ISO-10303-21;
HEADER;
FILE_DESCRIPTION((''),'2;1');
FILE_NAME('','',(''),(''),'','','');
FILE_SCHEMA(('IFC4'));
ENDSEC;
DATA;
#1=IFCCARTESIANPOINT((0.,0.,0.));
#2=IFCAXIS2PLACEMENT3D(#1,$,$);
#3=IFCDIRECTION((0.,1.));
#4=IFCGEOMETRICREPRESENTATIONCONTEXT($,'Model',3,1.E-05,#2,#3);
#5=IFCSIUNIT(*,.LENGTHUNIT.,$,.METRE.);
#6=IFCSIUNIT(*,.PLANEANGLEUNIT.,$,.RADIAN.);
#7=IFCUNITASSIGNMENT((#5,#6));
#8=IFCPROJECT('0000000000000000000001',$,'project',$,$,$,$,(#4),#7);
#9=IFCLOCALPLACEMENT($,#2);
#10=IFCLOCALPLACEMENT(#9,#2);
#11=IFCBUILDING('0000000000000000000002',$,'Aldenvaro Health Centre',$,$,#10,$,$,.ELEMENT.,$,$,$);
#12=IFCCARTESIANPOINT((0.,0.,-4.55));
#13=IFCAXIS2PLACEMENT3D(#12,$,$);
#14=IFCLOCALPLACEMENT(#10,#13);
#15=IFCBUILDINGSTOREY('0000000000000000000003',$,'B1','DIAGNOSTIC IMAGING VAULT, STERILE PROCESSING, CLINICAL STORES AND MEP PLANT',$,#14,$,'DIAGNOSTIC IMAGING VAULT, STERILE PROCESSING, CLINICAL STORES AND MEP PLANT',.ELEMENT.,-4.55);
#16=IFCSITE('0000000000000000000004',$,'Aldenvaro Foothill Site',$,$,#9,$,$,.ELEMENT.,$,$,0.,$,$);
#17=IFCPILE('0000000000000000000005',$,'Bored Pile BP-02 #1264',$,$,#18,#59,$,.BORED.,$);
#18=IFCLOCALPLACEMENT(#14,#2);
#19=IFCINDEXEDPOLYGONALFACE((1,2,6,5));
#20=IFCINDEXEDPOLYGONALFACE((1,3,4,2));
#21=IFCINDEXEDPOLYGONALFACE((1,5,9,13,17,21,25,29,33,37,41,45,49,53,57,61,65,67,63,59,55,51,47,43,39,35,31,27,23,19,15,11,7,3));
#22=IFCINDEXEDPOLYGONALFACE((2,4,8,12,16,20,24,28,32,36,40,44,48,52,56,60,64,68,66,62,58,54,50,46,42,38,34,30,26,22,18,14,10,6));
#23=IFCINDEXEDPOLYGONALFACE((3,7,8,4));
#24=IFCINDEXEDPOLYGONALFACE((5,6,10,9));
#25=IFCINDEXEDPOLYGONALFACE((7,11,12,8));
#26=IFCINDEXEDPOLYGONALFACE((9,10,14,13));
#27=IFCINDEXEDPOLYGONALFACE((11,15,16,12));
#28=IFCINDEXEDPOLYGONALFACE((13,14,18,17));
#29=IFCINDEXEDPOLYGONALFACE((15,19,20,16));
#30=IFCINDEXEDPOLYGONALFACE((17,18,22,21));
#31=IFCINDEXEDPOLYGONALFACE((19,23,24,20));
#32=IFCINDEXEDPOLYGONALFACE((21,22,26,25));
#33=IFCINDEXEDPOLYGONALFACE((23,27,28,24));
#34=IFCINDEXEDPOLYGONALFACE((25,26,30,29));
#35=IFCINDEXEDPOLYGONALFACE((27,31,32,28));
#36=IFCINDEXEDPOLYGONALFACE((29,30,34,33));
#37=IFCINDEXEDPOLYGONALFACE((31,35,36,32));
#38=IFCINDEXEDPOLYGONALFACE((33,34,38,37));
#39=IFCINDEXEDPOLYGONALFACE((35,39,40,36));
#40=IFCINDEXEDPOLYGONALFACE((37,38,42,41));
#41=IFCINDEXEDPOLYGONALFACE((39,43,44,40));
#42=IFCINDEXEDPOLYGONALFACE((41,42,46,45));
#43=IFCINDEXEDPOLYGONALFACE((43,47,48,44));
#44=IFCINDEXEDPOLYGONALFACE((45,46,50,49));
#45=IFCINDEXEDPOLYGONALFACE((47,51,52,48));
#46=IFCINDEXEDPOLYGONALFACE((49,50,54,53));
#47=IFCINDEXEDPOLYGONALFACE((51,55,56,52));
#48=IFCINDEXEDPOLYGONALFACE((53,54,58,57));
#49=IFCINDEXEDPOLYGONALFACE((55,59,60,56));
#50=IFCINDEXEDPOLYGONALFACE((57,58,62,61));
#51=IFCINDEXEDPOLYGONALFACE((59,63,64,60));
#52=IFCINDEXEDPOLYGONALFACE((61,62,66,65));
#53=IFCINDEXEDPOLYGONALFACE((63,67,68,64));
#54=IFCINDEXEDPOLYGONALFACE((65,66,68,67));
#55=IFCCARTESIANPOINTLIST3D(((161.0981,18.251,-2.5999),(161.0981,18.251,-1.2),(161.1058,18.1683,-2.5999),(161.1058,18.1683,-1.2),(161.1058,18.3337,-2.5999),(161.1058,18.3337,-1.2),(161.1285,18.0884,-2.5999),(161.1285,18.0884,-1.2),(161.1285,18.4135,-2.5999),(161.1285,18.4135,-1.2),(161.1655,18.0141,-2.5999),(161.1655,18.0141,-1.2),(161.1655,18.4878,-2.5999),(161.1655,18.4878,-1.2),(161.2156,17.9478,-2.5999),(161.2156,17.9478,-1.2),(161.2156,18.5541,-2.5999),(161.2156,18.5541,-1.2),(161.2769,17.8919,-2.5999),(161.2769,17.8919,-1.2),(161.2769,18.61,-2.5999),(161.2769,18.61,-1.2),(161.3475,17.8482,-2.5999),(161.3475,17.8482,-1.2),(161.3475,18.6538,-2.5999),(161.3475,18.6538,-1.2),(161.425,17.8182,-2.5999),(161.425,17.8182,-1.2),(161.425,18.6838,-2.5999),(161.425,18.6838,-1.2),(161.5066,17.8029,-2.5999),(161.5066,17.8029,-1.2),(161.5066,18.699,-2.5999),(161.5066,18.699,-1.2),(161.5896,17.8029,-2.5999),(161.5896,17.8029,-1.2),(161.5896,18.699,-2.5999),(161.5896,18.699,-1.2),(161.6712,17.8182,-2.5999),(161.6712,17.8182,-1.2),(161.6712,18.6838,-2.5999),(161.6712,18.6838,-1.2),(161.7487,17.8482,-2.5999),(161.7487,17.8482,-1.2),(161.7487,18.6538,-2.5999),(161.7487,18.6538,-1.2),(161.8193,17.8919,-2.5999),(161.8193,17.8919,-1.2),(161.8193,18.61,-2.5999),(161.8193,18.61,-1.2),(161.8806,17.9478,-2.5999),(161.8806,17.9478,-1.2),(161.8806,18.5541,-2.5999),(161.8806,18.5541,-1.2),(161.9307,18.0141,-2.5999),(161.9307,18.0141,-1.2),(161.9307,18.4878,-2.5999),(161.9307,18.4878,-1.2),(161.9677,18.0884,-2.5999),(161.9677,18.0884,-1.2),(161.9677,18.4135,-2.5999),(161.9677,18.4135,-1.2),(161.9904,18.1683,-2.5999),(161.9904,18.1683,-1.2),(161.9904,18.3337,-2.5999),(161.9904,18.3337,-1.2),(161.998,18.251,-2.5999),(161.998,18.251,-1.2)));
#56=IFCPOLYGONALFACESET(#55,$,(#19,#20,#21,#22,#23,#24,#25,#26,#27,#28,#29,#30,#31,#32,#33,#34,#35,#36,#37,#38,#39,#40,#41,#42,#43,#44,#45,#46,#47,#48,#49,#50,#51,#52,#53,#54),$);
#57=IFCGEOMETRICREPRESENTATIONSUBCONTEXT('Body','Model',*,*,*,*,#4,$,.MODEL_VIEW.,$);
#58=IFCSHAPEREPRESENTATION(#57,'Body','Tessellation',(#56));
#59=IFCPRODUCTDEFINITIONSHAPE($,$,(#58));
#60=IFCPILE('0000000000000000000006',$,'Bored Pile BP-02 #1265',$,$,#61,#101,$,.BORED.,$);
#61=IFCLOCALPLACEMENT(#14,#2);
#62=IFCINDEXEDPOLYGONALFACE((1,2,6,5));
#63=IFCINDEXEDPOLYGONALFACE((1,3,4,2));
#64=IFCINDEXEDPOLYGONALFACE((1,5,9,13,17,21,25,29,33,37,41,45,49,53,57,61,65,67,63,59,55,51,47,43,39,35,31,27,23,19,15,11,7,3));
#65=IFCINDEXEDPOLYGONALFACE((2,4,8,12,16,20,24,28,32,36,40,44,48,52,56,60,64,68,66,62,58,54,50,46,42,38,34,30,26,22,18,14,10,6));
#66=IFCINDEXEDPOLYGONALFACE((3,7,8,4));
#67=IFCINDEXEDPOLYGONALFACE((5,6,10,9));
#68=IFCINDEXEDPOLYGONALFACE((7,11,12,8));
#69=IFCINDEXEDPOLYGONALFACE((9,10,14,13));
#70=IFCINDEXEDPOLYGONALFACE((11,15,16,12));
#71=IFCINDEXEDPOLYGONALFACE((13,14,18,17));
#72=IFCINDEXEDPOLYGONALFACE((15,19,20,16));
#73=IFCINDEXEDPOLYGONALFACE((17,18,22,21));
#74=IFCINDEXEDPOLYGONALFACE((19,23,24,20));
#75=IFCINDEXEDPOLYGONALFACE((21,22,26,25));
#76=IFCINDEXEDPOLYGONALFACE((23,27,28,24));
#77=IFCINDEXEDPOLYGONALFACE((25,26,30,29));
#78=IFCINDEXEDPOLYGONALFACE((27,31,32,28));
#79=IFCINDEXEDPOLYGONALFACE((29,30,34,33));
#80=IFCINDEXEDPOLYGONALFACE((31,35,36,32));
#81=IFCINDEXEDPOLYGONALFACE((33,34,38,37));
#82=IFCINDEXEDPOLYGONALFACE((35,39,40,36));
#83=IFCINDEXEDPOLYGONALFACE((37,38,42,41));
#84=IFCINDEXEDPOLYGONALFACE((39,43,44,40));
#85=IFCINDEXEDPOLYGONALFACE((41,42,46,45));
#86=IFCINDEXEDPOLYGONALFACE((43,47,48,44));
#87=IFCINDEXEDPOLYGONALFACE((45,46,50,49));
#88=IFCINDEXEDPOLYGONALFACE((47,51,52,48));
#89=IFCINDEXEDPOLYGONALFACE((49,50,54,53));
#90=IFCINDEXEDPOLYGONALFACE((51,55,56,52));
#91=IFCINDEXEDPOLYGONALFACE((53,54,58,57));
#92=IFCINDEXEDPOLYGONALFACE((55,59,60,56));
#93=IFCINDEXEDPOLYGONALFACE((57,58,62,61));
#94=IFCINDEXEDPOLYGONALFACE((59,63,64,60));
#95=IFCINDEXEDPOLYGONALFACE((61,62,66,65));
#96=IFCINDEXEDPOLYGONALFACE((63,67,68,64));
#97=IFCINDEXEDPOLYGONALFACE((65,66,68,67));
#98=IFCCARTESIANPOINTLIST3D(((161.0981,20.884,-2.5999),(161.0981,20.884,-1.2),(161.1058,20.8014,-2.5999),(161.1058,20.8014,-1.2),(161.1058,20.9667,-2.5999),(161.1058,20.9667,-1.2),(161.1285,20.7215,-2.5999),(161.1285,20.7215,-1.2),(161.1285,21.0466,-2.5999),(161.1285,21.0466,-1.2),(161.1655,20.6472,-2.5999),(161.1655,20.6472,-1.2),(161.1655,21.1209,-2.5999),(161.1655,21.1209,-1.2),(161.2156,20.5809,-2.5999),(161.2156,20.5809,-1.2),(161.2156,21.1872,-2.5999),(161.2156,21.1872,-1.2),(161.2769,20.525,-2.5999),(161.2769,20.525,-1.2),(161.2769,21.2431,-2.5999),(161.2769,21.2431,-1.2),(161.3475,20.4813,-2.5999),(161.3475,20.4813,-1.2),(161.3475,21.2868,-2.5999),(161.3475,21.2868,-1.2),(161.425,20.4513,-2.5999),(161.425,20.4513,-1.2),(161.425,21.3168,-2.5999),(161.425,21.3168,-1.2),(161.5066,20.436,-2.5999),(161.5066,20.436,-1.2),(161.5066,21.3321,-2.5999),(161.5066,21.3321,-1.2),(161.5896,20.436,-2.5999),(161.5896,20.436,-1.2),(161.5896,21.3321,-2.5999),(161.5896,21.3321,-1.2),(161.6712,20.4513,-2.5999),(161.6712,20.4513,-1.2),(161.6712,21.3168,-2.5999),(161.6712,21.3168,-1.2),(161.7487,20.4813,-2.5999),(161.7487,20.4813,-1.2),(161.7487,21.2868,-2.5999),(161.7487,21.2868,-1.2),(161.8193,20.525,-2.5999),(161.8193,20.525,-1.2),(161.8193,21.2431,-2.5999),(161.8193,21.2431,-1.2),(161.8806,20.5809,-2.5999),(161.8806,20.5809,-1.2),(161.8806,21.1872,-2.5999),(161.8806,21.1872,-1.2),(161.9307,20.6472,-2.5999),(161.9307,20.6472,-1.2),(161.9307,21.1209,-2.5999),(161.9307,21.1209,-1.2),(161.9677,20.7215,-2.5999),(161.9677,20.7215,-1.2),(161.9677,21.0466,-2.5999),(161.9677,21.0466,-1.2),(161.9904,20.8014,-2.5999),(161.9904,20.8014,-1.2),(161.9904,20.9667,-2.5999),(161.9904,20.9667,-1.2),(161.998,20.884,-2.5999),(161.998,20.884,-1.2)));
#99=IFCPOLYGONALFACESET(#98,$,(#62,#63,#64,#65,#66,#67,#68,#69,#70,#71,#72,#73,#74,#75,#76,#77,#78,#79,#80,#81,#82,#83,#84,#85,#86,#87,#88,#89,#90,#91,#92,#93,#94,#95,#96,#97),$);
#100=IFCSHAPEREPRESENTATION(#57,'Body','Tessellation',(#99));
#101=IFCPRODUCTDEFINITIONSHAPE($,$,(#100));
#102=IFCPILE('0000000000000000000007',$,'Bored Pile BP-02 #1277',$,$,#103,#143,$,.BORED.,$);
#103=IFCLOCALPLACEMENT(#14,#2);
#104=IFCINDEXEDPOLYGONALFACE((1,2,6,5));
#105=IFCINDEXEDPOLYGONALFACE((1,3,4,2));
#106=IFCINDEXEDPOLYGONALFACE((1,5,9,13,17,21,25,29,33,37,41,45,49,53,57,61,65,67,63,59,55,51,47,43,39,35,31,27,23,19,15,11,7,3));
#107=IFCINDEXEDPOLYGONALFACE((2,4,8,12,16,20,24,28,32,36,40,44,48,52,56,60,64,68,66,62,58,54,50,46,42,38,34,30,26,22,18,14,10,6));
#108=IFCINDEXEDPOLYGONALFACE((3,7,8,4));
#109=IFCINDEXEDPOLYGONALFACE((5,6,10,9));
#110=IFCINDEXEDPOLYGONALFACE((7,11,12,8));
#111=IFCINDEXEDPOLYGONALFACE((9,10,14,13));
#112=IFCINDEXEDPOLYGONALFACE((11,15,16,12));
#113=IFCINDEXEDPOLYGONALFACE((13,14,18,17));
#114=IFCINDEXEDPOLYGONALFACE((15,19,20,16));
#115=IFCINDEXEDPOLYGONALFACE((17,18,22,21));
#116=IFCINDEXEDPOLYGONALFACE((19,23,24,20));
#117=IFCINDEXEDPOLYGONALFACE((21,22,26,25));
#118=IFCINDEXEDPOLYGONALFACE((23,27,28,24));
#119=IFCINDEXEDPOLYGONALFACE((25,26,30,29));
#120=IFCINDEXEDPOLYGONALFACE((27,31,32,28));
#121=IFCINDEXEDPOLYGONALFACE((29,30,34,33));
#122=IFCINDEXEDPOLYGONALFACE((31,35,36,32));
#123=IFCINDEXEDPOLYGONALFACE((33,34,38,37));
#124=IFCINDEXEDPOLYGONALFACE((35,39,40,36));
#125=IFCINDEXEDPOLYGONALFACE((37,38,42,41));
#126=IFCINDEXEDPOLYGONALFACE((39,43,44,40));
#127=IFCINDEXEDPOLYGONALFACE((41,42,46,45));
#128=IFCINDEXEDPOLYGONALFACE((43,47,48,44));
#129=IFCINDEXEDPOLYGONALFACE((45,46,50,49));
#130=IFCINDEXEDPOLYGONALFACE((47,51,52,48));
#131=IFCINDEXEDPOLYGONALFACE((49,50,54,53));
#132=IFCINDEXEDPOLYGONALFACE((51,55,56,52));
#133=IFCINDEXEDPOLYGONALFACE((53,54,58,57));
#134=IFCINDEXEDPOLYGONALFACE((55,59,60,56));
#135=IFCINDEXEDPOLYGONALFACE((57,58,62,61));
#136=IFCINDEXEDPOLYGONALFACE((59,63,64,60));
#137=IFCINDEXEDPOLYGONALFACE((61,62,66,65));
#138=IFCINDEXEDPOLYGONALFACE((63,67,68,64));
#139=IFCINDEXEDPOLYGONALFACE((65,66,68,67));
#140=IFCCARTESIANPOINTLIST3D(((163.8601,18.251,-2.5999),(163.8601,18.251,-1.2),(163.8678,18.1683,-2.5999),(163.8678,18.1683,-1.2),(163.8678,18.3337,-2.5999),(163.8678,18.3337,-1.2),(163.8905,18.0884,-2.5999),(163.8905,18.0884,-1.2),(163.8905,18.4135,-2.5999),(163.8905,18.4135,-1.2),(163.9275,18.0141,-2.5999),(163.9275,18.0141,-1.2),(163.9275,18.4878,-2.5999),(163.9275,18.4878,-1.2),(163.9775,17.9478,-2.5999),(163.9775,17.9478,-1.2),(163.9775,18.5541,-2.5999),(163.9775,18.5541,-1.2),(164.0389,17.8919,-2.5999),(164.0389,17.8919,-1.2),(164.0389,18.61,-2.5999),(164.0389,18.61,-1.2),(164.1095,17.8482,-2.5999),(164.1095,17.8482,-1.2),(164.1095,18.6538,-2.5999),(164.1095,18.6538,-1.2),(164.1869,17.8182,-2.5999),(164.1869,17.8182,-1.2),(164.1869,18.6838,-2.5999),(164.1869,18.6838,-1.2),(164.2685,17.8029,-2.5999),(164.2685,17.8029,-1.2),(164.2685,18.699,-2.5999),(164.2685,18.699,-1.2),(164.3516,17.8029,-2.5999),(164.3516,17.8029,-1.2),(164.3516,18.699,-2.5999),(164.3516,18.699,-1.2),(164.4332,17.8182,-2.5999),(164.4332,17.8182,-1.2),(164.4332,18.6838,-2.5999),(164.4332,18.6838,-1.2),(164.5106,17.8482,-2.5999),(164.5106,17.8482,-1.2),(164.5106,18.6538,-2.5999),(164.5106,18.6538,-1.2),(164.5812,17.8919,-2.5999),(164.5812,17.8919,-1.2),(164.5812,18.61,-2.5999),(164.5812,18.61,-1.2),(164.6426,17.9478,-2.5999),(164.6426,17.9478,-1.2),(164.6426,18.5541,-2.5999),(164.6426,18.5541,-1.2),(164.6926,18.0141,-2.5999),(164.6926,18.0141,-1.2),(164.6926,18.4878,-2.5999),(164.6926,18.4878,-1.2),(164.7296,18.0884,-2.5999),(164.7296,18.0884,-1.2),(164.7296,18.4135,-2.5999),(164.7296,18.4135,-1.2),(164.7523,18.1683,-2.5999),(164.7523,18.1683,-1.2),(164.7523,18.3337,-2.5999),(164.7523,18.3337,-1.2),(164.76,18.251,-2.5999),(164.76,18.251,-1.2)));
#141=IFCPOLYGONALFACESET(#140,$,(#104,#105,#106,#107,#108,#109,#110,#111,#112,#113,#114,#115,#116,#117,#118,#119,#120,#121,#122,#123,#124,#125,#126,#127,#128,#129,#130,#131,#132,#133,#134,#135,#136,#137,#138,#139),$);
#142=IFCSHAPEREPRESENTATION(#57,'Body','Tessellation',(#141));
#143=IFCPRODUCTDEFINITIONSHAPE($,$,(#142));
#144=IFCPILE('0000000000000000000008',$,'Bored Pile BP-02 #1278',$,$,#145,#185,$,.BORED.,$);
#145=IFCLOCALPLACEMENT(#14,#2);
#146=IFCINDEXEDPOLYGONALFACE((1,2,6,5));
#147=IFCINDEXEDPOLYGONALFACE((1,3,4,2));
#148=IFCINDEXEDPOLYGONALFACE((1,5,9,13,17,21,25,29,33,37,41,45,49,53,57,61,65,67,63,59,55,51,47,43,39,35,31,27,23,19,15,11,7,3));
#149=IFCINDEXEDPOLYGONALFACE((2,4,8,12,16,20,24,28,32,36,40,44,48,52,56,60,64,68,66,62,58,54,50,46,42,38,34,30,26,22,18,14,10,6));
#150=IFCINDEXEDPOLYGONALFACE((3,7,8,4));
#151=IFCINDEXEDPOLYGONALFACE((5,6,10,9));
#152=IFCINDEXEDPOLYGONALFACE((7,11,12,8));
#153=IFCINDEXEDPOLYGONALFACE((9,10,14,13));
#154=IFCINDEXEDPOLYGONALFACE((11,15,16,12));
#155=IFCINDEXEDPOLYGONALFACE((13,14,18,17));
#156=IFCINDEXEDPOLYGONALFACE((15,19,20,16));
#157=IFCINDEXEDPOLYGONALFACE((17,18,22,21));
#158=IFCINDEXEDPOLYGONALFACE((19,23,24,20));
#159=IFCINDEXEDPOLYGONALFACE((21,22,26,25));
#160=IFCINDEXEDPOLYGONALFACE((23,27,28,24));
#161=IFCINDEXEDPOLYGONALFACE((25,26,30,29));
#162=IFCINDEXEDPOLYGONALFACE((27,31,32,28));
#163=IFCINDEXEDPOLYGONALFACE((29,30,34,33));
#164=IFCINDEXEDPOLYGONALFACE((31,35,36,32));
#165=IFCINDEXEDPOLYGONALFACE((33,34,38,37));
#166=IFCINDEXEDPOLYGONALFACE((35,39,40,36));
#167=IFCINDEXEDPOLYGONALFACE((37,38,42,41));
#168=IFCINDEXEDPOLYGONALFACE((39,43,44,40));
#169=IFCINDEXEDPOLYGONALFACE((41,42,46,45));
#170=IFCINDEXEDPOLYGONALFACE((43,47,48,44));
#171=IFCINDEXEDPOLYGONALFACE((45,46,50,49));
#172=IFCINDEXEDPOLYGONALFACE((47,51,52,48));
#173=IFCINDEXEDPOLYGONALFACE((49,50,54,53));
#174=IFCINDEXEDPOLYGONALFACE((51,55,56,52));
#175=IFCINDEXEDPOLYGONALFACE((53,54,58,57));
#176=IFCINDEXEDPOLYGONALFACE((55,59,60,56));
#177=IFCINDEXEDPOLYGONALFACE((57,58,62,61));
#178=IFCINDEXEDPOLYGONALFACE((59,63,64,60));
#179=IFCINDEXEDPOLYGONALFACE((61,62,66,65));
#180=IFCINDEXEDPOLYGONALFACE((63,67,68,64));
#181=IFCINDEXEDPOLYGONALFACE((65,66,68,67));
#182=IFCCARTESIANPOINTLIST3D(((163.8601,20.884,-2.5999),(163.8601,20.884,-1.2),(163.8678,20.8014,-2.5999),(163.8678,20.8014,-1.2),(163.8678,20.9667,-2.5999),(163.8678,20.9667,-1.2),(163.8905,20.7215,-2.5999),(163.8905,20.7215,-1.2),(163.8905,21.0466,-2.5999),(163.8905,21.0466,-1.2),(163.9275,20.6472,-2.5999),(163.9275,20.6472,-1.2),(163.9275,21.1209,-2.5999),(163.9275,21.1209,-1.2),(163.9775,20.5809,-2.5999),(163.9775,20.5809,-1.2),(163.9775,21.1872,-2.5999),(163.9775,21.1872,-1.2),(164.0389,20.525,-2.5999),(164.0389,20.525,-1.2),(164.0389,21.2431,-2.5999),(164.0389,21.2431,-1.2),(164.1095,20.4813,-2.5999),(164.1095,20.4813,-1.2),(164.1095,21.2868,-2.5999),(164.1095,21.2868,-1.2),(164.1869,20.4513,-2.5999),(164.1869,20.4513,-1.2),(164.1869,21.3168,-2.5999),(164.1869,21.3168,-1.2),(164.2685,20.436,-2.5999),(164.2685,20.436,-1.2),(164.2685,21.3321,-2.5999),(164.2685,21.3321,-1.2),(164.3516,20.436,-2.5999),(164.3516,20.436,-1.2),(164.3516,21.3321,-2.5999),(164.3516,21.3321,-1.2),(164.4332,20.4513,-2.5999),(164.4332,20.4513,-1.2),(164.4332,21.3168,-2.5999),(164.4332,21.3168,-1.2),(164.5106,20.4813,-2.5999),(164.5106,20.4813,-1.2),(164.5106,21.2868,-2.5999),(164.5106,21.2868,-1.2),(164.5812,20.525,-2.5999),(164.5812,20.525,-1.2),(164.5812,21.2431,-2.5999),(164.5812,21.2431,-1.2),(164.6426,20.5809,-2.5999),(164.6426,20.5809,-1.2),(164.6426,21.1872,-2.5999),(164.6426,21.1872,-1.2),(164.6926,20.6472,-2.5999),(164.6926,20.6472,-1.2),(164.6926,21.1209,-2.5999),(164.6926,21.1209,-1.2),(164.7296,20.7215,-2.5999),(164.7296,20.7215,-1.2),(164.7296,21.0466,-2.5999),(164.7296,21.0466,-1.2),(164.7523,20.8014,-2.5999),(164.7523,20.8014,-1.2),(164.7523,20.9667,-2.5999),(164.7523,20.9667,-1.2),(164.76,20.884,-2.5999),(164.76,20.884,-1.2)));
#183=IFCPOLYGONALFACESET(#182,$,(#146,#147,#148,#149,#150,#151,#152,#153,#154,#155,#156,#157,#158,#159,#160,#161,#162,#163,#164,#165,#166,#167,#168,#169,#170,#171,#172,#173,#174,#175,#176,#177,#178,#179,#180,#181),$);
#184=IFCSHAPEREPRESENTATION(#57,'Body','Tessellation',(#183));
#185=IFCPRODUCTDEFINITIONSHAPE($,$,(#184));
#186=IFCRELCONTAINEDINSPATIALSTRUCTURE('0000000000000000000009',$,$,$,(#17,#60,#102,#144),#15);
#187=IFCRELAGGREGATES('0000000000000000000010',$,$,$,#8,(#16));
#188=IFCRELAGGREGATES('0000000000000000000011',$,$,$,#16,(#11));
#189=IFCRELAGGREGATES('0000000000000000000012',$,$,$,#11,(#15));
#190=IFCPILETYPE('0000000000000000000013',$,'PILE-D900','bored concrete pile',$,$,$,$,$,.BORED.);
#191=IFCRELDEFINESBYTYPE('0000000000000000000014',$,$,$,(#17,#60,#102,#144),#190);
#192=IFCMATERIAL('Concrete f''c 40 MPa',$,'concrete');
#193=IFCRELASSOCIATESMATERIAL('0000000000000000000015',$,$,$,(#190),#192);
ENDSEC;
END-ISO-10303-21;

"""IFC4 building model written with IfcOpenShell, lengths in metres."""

from ifc_helpers import new_model, si_unit, direction, frame, origin, origin_2d, place, context, subcontext, project, spatial, circle, extrude, material, material_profile, profile_set, type_object, element, save


model = new_model("IFC4")

# Units and contexts
model_context = context("Model", 3, precision=1e-05, world=origin(), true_north=direction((0.0, 1.0)))
body_context = subcontext(model_context, "Body", "Model", "MODEL_VIEW")
ifc_project = project(units=[si_unit("LENGTHUNIT", "METRE"), si_unit("PLANEANGLEUNIT", "RADIAN")], contexts=[model_context])

# Site, building, storey
site_placement = place(None, origin())
site = spatial("IfcSite", under=ifc_project, at=site_placement, Name="Aldenvaro Foothill Site", CompositionType="ELEMENT", RefElevation=0.0)
building_placement = place(site_placement, origin())
building = spatial("IfcBuilding", under=site, at=building_placement, Name="Aldenvaro Health Centre", CompositionType="ELEMENT")
storey_placement = place(building_placement, frame((0.0, 0.0, -4.55)))
storey = spatial("IfcBuildingStorey", under=building, at=storey_placement, Name="B1", Description="DIAGNOSTIC IMAGING VAULT, STERILE PROCESSING, CLINICAL STORES AND MEP PLANT", LongName="DIAGNOSTIC IMAGING VAULT, STERILE PROCESSING, CLINICAL STORES AND MEP PLANT", CompositionType="ELEMENT", Elevation=-4.55)

# Piles
ifc_material_1 = material(Name="Concrete f'c 40 MPa", Category="concrete")
ifc_material_profile_1 = material_profile(ifc_material_1, circle(Radius=0.45, at=origin_2d()), Name="PILE D900", Category="concrete")
ifc_profile_set_1 = profile_set([ifc_material_profile_1], Name="Concrete f'c 40 MPa")
pile_type = type_object("IfcPileType", Name="PILE-D900", Description="bored concrete pile", PredefinedType="BORED", material=ifc_profile_set_1)
for number, where, z_axis, x_axis, name in (
    (1, (161.5481, 18.251, -1.2), (0.0, 0.0, -1.0), (1.0, 0.0, 0.0), "Bored Pile BP-02 #1264"),
    (2, (161.5481, 20.884, -1.2), (0.0, 0.0, -1.0), (1.0, 0.0, 0.0), "Bored Pile BP-02 #1265"),
    (3, (164.3101, 18.251, -1.2), (0.0, 0.0, -1.0), (1.0, 0.0, 0.0), "Bored Pile BP-02 #1277"),
    (4, (164.3101, 20.884, -1.2), (0.0, 0.0, -1.0), (1.0, 0.0, 0.0), "Bored Pile BP-02 #1278"),
):
    element("IfcPile", number, at=place(storey_placement, frame(where, z_axis=z_axis, x_axis=x_axis)), inside=storey, type_object=pile_type, Name=name, PredefinedType="BORED", context=body_context, shape_type="SweptSolid", body=[
        extrude(circle(Radius=0.45, at=origin_2d()), origin(), (0.0, 0.0, 1.0), 1.3999),
    ])

save(model, "model.ifc")
